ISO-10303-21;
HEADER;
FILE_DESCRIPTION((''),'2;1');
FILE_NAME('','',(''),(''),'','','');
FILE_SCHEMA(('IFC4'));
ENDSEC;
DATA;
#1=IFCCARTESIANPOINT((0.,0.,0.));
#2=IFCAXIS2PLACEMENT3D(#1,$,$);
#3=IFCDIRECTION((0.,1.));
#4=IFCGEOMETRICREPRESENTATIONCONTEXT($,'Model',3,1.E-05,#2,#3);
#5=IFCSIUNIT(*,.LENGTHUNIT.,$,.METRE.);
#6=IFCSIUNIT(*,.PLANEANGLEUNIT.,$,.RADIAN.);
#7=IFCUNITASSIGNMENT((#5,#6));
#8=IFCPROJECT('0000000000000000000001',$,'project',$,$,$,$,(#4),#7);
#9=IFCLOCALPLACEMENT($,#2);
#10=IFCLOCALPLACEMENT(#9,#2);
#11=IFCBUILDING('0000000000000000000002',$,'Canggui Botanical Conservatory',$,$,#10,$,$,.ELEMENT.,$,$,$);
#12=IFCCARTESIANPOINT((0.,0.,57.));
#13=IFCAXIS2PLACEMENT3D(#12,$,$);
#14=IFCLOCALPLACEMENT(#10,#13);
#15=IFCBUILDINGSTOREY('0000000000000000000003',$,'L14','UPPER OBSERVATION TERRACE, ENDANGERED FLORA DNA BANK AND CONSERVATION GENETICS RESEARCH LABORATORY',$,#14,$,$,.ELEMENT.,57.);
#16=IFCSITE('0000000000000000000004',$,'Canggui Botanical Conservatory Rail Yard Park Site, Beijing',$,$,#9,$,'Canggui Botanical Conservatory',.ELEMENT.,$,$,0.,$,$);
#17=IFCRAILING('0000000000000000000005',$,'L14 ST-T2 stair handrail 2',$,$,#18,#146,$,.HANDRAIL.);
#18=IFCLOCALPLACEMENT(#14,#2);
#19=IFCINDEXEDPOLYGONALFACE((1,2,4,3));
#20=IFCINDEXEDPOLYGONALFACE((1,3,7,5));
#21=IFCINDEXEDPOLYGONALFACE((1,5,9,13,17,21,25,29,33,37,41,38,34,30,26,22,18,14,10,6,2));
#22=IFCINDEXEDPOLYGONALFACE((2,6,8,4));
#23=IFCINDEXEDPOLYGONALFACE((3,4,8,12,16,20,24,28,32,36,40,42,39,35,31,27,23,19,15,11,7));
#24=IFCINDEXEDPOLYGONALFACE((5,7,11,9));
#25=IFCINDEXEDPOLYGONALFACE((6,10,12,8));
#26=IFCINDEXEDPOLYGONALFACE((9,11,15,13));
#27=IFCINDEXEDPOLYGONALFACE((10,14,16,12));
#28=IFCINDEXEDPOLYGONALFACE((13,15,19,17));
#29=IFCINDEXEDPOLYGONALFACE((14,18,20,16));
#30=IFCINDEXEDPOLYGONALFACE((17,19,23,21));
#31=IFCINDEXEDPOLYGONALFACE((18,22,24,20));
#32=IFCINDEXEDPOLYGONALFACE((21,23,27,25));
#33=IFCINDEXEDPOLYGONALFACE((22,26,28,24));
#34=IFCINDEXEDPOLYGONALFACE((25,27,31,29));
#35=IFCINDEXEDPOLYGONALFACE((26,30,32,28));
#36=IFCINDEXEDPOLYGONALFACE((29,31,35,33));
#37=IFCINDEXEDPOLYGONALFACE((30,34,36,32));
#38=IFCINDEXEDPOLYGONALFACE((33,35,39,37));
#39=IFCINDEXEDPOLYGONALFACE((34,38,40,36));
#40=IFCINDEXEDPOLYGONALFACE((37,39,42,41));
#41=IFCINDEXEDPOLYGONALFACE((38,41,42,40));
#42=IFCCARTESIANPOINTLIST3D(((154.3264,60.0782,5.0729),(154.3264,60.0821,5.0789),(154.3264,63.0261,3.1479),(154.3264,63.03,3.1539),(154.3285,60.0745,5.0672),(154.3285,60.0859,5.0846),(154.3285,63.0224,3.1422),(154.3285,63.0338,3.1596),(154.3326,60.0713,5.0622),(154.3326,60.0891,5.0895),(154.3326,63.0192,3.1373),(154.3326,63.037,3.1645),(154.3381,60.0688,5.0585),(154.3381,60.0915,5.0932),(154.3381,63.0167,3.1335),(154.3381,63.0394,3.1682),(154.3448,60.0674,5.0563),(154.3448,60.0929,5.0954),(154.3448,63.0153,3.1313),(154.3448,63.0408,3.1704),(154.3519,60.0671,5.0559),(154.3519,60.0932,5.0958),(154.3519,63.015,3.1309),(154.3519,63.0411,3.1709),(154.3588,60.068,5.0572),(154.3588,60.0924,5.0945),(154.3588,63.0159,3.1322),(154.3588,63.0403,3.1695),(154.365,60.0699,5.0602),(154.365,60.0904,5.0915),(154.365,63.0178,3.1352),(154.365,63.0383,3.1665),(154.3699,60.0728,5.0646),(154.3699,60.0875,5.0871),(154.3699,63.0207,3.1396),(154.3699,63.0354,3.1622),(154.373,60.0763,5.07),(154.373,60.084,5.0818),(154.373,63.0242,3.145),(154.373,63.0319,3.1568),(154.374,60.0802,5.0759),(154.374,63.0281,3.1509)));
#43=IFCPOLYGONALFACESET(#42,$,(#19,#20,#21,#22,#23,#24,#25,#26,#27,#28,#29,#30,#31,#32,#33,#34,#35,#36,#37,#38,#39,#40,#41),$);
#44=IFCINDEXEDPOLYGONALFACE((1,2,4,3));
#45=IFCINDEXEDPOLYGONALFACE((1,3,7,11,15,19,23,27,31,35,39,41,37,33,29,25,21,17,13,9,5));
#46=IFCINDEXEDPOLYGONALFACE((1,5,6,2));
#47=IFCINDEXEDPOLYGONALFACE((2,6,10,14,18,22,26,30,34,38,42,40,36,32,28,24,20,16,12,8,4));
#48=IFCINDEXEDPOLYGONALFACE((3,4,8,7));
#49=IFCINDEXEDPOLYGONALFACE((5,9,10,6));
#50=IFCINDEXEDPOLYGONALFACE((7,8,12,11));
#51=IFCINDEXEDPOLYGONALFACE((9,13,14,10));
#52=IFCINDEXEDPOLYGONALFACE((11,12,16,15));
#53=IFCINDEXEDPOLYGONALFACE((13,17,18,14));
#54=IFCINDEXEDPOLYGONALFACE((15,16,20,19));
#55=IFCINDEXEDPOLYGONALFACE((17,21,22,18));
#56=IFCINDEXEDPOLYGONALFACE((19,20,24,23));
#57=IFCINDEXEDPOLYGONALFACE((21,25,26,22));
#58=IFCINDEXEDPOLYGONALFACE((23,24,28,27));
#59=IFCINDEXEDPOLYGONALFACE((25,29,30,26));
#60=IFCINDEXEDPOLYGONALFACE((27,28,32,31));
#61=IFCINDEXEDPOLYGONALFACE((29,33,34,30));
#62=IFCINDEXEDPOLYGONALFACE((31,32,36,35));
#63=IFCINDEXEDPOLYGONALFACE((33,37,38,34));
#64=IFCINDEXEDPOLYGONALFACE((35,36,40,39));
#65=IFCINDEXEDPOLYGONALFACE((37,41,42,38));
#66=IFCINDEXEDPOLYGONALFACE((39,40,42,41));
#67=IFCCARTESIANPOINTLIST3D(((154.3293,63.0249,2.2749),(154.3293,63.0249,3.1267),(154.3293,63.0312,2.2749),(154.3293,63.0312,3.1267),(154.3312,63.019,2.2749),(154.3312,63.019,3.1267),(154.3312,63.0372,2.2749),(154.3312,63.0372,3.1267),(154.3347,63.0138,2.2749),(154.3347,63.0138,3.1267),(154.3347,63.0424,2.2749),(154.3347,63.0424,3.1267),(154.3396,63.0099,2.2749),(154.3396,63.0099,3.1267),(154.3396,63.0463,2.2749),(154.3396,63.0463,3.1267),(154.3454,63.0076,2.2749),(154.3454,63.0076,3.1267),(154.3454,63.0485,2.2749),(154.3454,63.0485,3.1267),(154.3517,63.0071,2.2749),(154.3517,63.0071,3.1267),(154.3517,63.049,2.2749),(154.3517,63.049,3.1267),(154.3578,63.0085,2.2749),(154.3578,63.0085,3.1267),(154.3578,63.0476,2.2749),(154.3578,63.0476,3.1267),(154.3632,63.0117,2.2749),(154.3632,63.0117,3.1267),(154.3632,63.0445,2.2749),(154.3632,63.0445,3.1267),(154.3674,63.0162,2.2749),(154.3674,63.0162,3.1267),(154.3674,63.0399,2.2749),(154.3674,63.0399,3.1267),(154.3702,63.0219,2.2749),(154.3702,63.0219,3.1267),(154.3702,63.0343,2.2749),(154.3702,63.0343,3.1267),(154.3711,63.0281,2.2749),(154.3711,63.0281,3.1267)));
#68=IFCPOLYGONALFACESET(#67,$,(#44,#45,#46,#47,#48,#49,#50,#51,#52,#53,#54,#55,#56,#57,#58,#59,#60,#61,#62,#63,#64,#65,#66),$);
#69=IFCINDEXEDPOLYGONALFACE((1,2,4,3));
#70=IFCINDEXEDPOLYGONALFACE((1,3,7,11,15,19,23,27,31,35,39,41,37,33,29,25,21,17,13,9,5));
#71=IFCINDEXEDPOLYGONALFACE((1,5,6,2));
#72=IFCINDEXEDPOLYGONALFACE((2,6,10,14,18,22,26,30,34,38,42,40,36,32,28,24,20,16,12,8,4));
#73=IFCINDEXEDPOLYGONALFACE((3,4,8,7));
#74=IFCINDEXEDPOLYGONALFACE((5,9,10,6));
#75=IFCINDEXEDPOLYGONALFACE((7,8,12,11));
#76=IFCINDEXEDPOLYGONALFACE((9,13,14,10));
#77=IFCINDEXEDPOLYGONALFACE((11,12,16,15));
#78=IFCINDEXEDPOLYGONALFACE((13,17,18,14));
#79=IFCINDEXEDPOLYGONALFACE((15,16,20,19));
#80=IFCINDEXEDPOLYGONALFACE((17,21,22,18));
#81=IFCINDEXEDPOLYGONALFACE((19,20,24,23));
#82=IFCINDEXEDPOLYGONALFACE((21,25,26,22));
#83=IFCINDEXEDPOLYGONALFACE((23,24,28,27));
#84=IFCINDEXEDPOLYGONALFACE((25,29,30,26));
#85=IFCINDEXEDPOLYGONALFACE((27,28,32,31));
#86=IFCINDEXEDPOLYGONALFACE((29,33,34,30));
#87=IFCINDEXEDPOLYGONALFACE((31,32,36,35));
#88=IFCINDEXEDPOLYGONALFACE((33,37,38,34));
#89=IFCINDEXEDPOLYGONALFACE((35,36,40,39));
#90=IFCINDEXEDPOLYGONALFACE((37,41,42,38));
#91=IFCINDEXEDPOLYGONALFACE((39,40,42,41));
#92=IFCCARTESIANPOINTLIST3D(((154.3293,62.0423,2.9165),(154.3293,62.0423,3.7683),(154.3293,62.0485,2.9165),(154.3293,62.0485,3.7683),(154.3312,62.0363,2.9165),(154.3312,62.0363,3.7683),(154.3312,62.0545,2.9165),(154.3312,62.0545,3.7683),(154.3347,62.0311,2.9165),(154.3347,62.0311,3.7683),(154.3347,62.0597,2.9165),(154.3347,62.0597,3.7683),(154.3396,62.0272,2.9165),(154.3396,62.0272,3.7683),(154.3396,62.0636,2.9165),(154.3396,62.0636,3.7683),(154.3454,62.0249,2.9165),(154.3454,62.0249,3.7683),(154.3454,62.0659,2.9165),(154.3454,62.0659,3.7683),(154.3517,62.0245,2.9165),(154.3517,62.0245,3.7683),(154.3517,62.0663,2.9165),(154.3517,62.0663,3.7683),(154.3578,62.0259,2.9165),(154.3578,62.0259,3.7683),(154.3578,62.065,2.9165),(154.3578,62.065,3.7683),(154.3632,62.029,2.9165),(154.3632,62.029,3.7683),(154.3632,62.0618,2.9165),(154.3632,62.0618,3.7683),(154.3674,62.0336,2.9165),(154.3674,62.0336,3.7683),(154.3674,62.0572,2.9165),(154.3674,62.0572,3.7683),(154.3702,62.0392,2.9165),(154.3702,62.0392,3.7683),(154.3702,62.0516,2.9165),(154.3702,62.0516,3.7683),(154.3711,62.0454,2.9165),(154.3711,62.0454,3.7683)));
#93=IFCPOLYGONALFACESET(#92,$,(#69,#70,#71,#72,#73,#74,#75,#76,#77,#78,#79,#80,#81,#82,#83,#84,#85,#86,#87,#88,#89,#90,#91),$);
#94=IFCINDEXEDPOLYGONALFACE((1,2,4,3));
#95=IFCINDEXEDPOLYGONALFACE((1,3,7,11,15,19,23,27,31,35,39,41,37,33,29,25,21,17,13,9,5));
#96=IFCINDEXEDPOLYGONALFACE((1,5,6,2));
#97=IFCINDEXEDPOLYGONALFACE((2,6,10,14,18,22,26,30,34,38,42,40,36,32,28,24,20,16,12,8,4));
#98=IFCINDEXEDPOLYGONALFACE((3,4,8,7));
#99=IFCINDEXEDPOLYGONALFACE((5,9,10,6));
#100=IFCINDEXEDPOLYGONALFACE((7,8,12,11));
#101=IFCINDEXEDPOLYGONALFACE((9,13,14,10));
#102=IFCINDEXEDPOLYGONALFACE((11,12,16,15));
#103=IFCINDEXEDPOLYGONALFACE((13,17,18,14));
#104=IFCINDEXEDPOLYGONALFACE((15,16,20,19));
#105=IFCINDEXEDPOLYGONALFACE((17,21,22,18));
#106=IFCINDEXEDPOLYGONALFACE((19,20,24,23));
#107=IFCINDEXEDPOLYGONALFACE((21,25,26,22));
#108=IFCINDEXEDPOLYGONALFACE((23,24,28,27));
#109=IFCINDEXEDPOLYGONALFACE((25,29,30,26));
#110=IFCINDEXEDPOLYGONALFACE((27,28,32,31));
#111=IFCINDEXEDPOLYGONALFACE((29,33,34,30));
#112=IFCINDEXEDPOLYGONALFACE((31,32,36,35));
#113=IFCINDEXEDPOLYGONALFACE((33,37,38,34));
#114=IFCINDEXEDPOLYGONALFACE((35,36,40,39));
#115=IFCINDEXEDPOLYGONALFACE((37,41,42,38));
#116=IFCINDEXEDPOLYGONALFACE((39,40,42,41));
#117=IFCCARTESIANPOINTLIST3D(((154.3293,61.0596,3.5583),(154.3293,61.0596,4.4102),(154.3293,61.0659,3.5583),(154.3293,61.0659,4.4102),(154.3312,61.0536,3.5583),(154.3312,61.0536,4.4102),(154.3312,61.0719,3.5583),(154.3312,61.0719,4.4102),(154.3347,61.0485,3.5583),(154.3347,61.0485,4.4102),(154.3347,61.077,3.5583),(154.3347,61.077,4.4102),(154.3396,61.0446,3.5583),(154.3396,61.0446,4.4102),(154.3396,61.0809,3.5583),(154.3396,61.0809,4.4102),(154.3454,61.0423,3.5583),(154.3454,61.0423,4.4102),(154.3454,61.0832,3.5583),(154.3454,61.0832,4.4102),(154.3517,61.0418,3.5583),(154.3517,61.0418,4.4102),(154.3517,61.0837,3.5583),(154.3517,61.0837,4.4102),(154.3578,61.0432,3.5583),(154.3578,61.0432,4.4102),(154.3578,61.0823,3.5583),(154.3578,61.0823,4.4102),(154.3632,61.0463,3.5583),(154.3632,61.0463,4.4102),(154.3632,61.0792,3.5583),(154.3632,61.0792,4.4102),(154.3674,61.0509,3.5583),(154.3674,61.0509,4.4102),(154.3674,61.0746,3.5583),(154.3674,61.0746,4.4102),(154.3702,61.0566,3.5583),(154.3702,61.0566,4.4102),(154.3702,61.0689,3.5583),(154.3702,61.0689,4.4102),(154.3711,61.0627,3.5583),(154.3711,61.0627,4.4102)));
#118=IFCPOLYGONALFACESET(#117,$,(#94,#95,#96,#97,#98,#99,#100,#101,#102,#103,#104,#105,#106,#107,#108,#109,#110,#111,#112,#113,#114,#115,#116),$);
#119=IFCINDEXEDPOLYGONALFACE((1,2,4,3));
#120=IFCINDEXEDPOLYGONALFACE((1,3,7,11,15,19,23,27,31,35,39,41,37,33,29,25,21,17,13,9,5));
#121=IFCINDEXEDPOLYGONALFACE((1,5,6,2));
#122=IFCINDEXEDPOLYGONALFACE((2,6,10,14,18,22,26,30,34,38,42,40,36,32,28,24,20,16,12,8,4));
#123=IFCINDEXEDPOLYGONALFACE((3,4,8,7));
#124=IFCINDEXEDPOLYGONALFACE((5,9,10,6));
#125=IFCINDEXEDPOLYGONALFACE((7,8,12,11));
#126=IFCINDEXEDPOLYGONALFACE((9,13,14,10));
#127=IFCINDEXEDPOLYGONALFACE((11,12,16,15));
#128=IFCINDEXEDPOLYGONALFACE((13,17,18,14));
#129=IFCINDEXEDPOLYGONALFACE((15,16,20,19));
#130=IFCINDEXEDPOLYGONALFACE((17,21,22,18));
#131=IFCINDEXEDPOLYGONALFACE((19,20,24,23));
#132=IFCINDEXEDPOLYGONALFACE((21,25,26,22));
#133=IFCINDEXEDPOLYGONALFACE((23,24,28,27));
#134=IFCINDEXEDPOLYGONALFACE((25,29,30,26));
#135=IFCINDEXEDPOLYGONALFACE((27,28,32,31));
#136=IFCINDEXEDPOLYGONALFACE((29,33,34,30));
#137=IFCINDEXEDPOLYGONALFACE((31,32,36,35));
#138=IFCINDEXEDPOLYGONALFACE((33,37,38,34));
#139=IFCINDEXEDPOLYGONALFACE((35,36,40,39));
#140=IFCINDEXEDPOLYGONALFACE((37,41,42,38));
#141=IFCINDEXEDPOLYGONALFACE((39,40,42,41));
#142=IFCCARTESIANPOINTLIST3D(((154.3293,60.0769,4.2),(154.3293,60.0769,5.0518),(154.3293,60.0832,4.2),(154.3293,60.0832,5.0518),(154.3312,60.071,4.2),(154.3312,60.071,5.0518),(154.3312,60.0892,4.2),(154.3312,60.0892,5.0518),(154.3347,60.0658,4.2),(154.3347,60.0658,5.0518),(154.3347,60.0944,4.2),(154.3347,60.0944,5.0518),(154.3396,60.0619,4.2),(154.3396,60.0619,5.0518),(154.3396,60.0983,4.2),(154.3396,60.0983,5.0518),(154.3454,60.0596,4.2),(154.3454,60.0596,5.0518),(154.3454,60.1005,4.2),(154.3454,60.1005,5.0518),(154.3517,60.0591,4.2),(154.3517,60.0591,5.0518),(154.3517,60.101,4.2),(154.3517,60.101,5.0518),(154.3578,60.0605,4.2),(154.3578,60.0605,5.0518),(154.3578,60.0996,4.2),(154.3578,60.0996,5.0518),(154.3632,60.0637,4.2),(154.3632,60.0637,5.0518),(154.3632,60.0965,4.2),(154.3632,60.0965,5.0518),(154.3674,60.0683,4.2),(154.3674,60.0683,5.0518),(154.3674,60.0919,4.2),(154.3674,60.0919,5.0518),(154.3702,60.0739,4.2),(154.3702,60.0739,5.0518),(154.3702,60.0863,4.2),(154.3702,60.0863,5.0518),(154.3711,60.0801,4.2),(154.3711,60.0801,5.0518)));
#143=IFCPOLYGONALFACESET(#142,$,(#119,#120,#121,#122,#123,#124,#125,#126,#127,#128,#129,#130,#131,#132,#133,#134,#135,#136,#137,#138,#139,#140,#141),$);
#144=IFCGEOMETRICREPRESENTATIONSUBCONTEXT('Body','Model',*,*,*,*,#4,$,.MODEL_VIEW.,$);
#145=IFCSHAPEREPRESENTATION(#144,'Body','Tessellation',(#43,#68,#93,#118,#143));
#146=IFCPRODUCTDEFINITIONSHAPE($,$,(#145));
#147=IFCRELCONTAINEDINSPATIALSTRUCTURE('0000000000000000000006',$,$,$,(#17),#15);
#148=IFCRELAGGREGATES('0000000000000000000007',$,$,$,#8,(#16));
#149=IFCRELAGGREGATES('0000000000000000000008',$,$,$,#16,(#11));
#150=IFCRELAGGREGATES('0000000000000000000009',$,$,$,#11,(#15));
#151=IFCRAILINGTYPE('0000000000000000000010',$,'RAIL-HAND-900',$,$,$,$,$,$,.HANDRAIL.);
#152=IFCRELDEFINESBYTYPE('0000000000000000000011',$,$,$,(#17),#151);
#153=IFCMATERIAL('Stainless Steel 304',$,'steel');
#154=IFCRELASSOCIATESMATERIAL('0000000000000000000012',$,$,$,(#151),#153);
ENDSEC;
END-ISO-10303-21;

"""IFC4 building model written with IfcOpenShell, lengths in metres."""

from ifc_helpers import new_model, si_unit, direction, frame, origin, origin_2d, place, context, subcontext, project, spatial, circle, extrude, material, type_object, element, save


model = new_model("IFC4")

# Units and contexts
model_context = context("Model", 3, precision=1e-05, world=origin(), true_north=direction((0.0, 1.0)))
body_context = subcontext(model_context, "Body", "Model", "MODEL_VIEW")
ifc_project = project(units=[si_unit("LENGTHUNIT", "METRE"), si_unit("PLANEANGLEUNIT", "RADIAN")], contexts=[model_context])

# Site, building, storey
site_placement = place(None, origin())
site = spatial("IfcSite", under=ifc_project, at=site_placement, Name="Canggui Botanical Conservatory Rail Yard Park Site, Beijing", LongName="Canggui Botanical Conservatory", CompositionType="ELEMENT", RefElevation=0.0)
building_placement = place(site_placement, origin())
building = spatial("IfcBuilding", under=site, at=building_placement, Name="Canggui Botanical Conservatory", CompositionType="ELEMENT")
storey_placement = place(building_placement, frame((0.0, 0.0, 57.0)))
storey = spatial("IfcBuildingStorey", under=building, at=storey_placement, Name="L14", Description="UPPER OBSERVATION TERRACE, ENDANGERED FLORA DNA BANK AND CONSERVATION GENETICS RESEARCH LABORATORY", CompositionType="ELEMENT", Elevation=57.0)

# Shared definitions
ifc_material_1 = material(Name="Stainless Steel 304", Category="steel")

# Railing
railing_type = type_object("IfcRailingType", Name="RAIL-HAND-900", PredefinedType="HANDRAIL", material=ifc_material_1)
railing_placement = place(storey_placement, frame((154.3501, 63.0281, 2.2749)))
element("IfcRailing", 1, at=railing_placement, inside=storey, type_object=railing_type, Name="L14 ST-T2 stair handrail 2", PredefinedType="HANDRAIL", context=body_context, shape_type="SweptSolid", body=[
    extrude(circle(Radius=0.0239, at=origin_2d()), frame((0.0, 0.0, 0.876), z_axis=(0.0, -0.837293, 0.546754), x_axis=(1.0, 0.0, 0.0)), (0.0, 0.0, 1.0), 3.5208),
    extrude(circle(Radius=0.021, at=origin_2d()), origin(), (0.0, 0.0, 1.0), 0.8518),
    extrude(circle(Radius=0.021, at=origin_2d()), frame((0.0, -0.9827, 0.6416)), (0.0, 0.0, 1.0), 0.8518),
    extrude(circle(Radius=0.021, at=origin_2d()), frame((0.0, -1.9653, 1.2834)), (0.0, 0.0, 1.0), 0.8518),
    extrude(circle(Radius=0.021, at=origin_2d()), frame((0.0, -2.948, 1.925)), (0.0, 0.0, 1.0), 0.8518),
])

save(model, "model.ifc")
